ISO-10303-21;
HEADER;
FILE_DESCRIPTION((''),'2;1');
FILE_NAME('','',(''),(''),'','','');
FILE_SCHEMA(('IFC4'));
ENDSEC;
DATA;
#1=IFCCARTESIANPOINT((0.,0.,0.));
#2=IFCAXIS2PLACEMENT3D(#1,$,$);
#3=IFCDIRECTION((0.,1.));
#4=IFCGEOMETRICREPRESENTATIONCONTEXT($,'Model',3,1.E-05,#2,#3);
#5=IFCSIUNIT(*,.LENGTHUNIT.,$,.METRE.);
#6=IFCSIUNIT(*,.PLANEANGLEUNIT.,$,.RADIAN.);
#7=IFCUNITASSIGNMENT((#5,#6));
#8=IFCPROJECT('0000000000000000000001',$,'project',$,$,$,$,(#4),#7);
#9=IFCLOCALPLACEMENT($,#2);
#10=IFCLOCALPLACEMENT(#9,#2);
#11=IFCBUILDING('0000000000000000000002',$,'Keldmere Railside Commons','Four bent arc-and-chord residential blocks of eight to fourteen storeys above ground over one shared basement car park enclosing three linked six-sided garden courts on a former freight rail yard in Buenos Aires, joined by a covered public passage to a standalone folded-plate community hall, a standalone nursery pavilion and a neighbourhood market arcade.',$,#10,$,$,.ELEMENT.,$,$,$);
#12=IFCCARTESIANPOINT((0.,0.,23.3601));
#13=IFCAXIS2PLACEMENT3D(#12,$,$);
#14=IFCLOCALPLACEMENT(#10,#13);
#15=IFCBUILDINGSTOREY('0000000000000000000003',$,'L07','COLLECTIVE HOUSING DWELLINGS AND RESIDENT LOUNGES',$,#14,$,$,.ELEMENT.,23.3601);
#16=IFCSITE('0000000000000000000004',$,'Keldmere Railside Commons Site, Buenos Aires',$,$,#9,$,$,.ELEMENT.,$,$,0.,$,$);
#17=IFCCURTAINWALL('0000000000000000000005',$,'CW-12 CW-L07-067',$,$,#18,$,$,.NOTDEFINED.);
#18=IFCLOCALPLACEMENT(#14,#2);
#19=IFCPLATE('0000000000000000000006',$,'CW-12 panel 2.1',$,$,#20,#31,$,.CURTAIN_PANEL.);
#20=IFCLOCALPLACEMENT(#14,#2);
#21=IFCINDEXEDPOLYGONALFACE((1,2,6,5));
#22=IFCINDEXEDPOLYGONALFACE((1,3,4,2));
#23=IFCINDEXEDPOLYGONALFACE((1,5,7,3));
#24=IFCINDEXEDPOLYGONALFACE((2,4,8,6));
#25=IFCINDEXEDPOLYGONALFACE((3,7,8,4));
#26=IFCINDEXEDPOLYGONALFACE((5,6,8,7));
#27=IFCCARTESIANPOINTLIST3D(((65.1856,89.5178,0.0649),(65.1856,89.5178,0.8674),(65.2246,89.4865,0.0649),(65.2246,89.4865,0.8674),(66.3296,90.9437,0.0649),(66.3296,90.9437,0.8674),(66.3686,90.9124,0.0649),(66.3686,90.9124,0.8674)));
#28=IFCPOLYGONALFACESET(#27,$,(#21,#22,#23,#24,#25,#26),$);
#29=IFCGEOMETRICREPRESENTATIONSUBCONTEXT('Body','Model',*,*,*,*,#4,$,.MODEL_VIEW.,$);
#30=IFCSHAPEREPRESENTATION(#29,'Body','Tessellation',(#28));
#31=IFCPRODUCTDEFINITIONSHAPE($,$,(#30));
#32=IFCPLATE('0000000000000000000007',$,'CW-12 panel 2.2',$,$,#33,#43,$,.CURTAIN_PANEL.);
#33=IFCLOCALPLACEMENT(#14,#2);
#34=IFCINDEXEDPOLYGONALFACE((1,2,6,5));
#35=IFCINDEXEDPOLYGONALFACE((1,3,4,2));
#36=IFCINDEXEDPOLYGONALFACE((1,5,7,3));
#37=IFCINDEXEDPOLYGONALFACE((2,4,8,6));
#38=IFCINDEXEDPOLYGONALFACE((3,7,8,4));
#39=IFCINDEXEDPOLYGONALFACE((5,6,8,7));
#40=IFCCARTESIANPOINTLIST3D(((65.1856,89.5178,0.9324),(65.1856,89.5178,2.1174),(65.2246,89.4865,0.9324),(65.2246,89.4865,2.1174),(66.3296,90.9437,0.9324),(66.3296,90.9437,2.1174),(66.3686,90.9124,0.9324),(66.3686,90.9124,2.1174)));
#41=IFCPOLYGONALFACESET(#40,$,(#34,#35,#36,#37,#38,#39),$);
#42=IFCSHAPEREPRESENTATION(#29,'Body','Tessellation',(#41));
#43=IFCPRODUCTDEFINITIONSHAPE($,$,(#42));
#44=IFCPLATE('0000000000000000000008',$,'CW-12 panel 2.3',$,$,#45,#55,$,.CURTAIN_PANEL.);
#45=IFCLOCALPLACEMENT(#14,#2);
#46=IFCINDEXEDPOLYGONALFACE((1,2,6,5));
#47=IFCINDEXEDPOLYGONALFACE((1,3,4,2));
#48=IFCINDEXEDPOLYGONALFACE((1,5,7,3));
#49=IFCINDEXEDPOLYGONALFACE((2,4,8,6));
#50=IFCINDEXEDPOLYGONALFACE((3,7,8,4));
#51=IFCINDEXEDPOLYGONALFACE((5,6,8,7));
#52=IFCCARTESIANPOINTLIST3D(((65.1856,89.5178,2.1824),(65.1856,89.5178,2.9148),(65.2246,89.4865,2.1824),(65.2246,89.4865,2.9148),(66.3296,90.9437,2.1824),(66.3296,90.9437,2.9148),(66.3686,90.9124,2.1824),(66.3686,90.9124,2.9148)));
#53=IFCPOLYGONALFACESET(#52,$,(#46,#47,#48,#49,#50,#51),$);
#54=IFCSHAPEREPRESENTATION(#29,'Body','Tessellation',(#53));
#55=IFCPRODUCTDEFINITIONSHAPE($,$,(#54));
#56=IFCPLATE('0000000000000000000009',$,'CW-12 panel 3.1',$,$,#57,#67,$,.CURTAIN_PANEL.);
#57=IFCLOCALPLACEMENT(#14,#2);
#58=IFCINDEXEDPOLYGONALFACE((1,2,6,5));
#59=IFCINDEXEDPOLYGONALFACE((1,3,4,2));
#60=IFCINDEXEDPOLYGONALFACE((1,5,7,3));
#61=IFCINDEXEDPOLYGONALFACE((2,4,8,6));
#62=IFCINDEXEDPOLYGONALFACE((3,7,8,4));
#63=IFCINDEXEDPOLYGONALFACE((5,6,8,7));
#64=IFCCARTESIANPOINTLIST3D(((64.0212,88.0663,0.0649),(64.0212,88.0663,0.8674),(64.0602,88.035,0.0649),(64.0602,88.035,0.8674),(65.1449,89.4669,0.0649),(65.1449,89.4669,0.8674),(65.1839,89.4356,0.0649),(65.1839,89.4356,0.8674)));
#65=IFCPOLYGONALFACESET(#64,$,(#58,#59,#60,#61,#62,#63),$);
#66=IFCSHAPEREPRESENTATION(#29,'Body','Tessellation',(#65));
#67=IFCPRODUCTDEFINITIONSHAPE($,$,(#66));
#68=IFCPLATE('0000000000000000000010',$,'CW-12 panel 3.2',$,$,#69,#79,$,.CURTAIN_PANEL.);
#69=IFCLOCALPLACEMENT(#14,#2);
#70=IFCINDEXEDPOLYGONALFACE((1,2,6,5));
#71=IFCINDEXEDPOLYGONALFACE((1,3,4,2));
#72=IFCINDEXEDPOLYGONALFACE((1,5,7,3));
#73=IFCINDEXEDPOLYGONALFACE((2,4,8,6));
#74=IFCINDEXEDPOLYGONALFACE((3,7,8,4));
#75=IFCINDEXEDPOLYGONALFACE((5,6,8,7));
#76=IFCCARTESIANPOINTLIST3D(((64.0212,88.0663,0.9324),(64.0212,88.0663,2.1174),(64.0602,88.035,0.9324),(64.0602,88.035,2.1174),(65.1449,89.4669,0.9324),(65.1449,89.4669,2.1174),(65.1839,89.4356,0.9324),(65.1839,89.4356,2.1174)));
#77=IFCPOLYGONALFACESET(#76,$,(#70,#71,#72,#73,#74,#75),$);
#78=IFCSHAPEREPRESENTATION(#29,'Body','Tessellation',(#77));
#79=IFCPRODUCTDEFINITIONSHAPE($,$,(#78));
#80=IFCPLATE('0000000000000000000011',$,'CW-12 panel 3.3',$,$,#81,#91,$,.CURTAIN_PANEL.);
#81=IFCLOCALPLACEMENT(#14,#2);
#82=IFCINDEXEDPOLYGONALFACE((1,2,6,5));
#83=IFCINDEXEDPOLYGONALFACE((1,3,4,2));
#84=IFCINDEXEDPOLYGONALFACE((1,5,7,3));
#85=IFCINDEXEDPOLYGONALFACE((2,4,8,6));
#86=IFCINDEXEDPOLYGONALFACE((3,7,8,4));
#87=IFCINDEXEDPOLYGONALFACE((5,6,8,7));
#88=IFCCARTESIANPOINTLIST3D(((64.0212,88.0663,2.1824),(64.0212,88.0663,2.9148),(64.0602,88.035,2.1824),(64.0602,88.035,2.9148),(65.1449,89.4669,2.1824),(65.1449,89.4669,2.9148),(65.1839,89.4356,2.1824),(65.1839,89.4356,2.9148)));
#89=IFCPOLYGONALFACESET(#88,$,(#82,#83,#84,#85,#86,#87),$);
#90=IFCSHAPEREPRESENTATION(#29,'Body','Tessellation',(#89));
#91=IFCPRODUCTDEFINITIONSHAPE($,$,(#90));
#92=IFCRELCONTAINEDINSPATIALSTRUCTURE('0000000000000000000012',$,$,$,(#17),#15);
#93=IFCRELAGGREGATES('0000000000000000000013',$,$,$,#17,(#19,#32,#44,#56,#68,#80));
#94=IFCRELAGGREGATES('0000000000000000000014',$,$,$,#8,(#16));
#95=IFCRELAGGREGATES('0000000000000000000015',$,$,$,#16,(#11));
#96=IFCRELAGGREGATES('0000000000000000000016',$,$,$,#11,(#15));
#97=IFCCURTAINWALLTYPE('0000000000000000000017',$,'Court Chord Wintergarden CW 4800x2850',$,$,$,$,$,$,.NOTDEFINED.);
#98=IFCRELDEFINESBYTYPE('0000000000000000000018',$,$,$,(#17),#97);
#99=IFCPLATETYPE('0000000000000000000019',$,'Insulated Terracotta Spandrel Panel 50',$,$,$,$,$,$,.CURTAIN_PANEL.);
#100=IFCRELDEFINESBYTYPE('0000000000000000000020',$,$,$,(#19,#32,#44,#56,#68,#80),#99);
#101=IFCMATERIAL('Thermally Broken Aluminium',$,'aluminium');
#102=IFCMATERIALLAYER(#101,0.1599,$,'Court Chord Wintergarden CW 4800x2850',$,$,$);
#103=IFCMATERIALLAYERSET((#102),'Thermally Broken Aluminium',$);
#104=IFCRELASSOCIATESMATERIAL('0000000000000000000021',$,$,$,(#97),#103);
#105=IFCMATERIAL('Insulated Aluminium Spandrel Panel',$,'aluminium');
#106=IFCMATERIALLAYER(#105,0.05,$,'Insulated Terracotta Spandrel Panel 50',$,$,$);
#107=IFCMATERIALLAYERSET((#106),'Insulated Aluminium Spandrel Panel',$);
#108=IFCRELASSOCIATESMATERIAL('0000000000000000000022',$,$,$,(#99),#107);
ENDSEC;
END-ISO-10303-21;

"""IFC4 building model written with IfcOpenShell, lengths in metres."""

from ifc_helpers import new_model, si_unit, direction, frame, origin, origin_2d, place, context, subcontext, project, spatial, rectangle, extrude, material, layer, layer_set, type_object, element, aggregate, save


model = new_model("IFC4")

# Units and contexts
model_context = context("Model", 3, precision=1e-05, world=origin(), true_north=direction((0.0, 1.0)))
body_context = subcontext(model_context, "Body", "Model", "MODEL_VIEW")
ifc_project = project(units=[si_unit("LENGTHUNIT", "METRE"), si_unit("PLANEANGLEUNIT", "RADIAN")], contexts=[model_context])

# Site, building, storey
site_placement = place(None, origin())
site = spatial("IfcSite", under=ifc_project, at=site_placement, Name="Keldmere Railside Commons Site, Buenos Aires", CompositionType="ELEMENT", RefElevation=0.0)
building_placement = place(site_placement, origin())
building = spatial("IfcBuilding", under=site, at=building_placement, Name="Keldmere Railside Commons", Description="Four bent arc-and-chord residential blocks of eight to fourteen storeys above ground over one shared basement car park enclosing three linked six-sided garden courts on a former freight rail yard in Buenos Aires, joined by a covered public passage to a standalone folded-plate community hall, a standalone nursery pavilion and a neighbourhood market arcade.", CompositionType="ELEMENT")
storey_placement = place(building_placement, frame((0.0, 0.0, 23.3601)))
storey = spatial("IfcBuildingStorey", under=building, at=storey_placement, Name="L07", Description="COLLECTIVE HOUSING DWELLINGS AND RESIDENT LOUNGES", CompositionType="ELEMENT", Elevation=23.3601)

# Curtain wall, plates
ifc_material_1 = material(Name="Thermally Broken Aluminium", Category="aluminium")
ifc_layer_1 = layer(ifc_material_1, 0.1599, Name="Court Chord Wintergarden CW 4800x2850")
ifc_layer_set_1 = layer_set([ifc_layer_1], Name="Thermally Broken Aluminium")
curtain_wall_type = type_object("IfcCurtainWallType", Name="Court Chord Wintergarden CW 4800x2850", PredefinedType="NOTDEFINED", material=ifc_layer_set_1)
curtain_wall_placement = place(storey_placement, origin())
curtain_wall = element("IfcCurtainWall", 1, at=curtain_wall_placement, inside=storey, type_object=curtain_wall_type, Name="CW-12 CW-L07-067", PredefinedType="NOTDEFINED")
ifc_material_2 = material(Name="Insulated Aluminium Spandrel Panel", Category="aluminium")
ifc_layer_2 = layer(ifc_material_2, 0.05, Name="Insulated Terracotta Spandrel Panel 50")
ifc_layer_set_2 = layer_set([ifc_layer_2], Name="Insulated Aluminium Spandrel Panel")
plate_type = type_object("IfcPlateType", Name="Insulated Terracotta Spandrel Panel 50", PredefinedType="CURTAIN_PANEL", material=ifc_layer_set_2)
plate_1_placement = place(storey_placement, frame((65.7771, 90.2151, 0.0649), z_axis=(0.0, 0.0, 1.0), x_axis=(-0.625768, -0.780009, 0.0)))
plate_1 = element("IfcPlate", 2, at=plate_1_placement, type_object=plate_type, Name="CW-12 panel 2.1", PredefinedType="CURTAIN_PANEL", context=body_context, shape_type="SweptSolid", body=[
    extrude(rectangle(XDim=1.8281, YDim=0.05, at=origin_2d()), origin(), (0.0, 0.0, 1.0), 0.8025),
])
plate_2_placement = place(storey_placement, frame((65.7771, 90.2151, 0.9324), z_axis=(0.0, 0.0, 1.0), x_axis=(-0.625768, -0.780009, 0.0)))
plate_2 = element("IfcPlate", 3, at=plate_2_placement, type_object=plate_type, Name="CW-12 panel 2.2", PredefinedType="CURTAIN_PANEL", context=body_context, shape_type="SweptSolid", body=[
    extrude(rectangle(XDim=1.8281, YDim=0.05, at=origin_2d()), origin(), (0.0, 0.0, 1.0), 1.1851),
])
plate_3_placement = place(storey_placement, frame((65.7771, 90.2151, 2.1824), z_axis=(0.0, 0.0, 1.0), x_axis=(-0.625768, -0.780009, 0.0)))
plate_3 = element("IfcPlate", 4, at=plate_3_placement, type_object=plate_type, Name="CW-12 panel 2.3", PredefinedType="CURTAIN_PANEL", context=body_context, shape_type="SweptSolid", body=[
    extrude(rectangle(XDim=1.8281, YDim=0.05, at=origin_2d()), origin(), (0.0, 0.0, 1.0), 0.7324),
])
plate_4_placement = place(storey_placement, frame((64.6025, 88.751, 0.0649), z_axis=(0.0, 0.0, 1.0), x_axis=(-0.625768, -0.780009, 0.0)))
plate_4 = element("IfcPlate", 5, at=plate_4_placement, type_object=plate_type, Name="CW-12 panel 3.1", PredefinedType="CURTAIN_PANEL", context=body_context, shape_type="SweptSolid", body=[
    extrude(rectangle(XDim=1.7957, YDim=0.05, at=origin_2d()), origin(), (0.0, 0.0, 1.0), 0.8025),
])
plate_5_placement = place(storey_placement, frame((64.6025, 88.751, 0.9324), z_axis=(0.0, 0.0, 1.0), x_axis=(-0.625768, -0.780009, 0.0)))
plate_5 = element("IfcPlate", 6, at=plate_5_placement, type_object=plate_type, Name="CW-12 panel 3.2", PredefinedType="CURTAIN_PANEL", context=body_context, shape_type="SweptSolid", body=[
    extrude(rectangle(XDim=1.7957, YDim=0.05, at=origin_2d()), origin(), (0.0, 0.0, 1.0), 1.1851),
])
plate_6_placement = place(storey_placement, frame((64.6025, 88.751, 2.1824), z_axis=(0.0, 0.0, 1.0), x_axis=(-0.625768, -0.780009, 0.0)))
plate_6 = element("IfcPlate", 7, at=plate_6_placement, type_object=plate_type, Name="CW-12 panel 3.3", PredefinedType="CURTAIN_PANEL", context=body_context, shape_type="SweptSolid", body=[
    extrude(rectangle(XDim=1.7957, YDim=0.05, at=origin_2d()), origin(), (0.0, 0.0, 1.0), 0.7324),
])
aggregate(curtain_wall, [plate_1, plate_2, plate_3, plate_4, plate_5, plate_6])

save(model, "model.ifc")
